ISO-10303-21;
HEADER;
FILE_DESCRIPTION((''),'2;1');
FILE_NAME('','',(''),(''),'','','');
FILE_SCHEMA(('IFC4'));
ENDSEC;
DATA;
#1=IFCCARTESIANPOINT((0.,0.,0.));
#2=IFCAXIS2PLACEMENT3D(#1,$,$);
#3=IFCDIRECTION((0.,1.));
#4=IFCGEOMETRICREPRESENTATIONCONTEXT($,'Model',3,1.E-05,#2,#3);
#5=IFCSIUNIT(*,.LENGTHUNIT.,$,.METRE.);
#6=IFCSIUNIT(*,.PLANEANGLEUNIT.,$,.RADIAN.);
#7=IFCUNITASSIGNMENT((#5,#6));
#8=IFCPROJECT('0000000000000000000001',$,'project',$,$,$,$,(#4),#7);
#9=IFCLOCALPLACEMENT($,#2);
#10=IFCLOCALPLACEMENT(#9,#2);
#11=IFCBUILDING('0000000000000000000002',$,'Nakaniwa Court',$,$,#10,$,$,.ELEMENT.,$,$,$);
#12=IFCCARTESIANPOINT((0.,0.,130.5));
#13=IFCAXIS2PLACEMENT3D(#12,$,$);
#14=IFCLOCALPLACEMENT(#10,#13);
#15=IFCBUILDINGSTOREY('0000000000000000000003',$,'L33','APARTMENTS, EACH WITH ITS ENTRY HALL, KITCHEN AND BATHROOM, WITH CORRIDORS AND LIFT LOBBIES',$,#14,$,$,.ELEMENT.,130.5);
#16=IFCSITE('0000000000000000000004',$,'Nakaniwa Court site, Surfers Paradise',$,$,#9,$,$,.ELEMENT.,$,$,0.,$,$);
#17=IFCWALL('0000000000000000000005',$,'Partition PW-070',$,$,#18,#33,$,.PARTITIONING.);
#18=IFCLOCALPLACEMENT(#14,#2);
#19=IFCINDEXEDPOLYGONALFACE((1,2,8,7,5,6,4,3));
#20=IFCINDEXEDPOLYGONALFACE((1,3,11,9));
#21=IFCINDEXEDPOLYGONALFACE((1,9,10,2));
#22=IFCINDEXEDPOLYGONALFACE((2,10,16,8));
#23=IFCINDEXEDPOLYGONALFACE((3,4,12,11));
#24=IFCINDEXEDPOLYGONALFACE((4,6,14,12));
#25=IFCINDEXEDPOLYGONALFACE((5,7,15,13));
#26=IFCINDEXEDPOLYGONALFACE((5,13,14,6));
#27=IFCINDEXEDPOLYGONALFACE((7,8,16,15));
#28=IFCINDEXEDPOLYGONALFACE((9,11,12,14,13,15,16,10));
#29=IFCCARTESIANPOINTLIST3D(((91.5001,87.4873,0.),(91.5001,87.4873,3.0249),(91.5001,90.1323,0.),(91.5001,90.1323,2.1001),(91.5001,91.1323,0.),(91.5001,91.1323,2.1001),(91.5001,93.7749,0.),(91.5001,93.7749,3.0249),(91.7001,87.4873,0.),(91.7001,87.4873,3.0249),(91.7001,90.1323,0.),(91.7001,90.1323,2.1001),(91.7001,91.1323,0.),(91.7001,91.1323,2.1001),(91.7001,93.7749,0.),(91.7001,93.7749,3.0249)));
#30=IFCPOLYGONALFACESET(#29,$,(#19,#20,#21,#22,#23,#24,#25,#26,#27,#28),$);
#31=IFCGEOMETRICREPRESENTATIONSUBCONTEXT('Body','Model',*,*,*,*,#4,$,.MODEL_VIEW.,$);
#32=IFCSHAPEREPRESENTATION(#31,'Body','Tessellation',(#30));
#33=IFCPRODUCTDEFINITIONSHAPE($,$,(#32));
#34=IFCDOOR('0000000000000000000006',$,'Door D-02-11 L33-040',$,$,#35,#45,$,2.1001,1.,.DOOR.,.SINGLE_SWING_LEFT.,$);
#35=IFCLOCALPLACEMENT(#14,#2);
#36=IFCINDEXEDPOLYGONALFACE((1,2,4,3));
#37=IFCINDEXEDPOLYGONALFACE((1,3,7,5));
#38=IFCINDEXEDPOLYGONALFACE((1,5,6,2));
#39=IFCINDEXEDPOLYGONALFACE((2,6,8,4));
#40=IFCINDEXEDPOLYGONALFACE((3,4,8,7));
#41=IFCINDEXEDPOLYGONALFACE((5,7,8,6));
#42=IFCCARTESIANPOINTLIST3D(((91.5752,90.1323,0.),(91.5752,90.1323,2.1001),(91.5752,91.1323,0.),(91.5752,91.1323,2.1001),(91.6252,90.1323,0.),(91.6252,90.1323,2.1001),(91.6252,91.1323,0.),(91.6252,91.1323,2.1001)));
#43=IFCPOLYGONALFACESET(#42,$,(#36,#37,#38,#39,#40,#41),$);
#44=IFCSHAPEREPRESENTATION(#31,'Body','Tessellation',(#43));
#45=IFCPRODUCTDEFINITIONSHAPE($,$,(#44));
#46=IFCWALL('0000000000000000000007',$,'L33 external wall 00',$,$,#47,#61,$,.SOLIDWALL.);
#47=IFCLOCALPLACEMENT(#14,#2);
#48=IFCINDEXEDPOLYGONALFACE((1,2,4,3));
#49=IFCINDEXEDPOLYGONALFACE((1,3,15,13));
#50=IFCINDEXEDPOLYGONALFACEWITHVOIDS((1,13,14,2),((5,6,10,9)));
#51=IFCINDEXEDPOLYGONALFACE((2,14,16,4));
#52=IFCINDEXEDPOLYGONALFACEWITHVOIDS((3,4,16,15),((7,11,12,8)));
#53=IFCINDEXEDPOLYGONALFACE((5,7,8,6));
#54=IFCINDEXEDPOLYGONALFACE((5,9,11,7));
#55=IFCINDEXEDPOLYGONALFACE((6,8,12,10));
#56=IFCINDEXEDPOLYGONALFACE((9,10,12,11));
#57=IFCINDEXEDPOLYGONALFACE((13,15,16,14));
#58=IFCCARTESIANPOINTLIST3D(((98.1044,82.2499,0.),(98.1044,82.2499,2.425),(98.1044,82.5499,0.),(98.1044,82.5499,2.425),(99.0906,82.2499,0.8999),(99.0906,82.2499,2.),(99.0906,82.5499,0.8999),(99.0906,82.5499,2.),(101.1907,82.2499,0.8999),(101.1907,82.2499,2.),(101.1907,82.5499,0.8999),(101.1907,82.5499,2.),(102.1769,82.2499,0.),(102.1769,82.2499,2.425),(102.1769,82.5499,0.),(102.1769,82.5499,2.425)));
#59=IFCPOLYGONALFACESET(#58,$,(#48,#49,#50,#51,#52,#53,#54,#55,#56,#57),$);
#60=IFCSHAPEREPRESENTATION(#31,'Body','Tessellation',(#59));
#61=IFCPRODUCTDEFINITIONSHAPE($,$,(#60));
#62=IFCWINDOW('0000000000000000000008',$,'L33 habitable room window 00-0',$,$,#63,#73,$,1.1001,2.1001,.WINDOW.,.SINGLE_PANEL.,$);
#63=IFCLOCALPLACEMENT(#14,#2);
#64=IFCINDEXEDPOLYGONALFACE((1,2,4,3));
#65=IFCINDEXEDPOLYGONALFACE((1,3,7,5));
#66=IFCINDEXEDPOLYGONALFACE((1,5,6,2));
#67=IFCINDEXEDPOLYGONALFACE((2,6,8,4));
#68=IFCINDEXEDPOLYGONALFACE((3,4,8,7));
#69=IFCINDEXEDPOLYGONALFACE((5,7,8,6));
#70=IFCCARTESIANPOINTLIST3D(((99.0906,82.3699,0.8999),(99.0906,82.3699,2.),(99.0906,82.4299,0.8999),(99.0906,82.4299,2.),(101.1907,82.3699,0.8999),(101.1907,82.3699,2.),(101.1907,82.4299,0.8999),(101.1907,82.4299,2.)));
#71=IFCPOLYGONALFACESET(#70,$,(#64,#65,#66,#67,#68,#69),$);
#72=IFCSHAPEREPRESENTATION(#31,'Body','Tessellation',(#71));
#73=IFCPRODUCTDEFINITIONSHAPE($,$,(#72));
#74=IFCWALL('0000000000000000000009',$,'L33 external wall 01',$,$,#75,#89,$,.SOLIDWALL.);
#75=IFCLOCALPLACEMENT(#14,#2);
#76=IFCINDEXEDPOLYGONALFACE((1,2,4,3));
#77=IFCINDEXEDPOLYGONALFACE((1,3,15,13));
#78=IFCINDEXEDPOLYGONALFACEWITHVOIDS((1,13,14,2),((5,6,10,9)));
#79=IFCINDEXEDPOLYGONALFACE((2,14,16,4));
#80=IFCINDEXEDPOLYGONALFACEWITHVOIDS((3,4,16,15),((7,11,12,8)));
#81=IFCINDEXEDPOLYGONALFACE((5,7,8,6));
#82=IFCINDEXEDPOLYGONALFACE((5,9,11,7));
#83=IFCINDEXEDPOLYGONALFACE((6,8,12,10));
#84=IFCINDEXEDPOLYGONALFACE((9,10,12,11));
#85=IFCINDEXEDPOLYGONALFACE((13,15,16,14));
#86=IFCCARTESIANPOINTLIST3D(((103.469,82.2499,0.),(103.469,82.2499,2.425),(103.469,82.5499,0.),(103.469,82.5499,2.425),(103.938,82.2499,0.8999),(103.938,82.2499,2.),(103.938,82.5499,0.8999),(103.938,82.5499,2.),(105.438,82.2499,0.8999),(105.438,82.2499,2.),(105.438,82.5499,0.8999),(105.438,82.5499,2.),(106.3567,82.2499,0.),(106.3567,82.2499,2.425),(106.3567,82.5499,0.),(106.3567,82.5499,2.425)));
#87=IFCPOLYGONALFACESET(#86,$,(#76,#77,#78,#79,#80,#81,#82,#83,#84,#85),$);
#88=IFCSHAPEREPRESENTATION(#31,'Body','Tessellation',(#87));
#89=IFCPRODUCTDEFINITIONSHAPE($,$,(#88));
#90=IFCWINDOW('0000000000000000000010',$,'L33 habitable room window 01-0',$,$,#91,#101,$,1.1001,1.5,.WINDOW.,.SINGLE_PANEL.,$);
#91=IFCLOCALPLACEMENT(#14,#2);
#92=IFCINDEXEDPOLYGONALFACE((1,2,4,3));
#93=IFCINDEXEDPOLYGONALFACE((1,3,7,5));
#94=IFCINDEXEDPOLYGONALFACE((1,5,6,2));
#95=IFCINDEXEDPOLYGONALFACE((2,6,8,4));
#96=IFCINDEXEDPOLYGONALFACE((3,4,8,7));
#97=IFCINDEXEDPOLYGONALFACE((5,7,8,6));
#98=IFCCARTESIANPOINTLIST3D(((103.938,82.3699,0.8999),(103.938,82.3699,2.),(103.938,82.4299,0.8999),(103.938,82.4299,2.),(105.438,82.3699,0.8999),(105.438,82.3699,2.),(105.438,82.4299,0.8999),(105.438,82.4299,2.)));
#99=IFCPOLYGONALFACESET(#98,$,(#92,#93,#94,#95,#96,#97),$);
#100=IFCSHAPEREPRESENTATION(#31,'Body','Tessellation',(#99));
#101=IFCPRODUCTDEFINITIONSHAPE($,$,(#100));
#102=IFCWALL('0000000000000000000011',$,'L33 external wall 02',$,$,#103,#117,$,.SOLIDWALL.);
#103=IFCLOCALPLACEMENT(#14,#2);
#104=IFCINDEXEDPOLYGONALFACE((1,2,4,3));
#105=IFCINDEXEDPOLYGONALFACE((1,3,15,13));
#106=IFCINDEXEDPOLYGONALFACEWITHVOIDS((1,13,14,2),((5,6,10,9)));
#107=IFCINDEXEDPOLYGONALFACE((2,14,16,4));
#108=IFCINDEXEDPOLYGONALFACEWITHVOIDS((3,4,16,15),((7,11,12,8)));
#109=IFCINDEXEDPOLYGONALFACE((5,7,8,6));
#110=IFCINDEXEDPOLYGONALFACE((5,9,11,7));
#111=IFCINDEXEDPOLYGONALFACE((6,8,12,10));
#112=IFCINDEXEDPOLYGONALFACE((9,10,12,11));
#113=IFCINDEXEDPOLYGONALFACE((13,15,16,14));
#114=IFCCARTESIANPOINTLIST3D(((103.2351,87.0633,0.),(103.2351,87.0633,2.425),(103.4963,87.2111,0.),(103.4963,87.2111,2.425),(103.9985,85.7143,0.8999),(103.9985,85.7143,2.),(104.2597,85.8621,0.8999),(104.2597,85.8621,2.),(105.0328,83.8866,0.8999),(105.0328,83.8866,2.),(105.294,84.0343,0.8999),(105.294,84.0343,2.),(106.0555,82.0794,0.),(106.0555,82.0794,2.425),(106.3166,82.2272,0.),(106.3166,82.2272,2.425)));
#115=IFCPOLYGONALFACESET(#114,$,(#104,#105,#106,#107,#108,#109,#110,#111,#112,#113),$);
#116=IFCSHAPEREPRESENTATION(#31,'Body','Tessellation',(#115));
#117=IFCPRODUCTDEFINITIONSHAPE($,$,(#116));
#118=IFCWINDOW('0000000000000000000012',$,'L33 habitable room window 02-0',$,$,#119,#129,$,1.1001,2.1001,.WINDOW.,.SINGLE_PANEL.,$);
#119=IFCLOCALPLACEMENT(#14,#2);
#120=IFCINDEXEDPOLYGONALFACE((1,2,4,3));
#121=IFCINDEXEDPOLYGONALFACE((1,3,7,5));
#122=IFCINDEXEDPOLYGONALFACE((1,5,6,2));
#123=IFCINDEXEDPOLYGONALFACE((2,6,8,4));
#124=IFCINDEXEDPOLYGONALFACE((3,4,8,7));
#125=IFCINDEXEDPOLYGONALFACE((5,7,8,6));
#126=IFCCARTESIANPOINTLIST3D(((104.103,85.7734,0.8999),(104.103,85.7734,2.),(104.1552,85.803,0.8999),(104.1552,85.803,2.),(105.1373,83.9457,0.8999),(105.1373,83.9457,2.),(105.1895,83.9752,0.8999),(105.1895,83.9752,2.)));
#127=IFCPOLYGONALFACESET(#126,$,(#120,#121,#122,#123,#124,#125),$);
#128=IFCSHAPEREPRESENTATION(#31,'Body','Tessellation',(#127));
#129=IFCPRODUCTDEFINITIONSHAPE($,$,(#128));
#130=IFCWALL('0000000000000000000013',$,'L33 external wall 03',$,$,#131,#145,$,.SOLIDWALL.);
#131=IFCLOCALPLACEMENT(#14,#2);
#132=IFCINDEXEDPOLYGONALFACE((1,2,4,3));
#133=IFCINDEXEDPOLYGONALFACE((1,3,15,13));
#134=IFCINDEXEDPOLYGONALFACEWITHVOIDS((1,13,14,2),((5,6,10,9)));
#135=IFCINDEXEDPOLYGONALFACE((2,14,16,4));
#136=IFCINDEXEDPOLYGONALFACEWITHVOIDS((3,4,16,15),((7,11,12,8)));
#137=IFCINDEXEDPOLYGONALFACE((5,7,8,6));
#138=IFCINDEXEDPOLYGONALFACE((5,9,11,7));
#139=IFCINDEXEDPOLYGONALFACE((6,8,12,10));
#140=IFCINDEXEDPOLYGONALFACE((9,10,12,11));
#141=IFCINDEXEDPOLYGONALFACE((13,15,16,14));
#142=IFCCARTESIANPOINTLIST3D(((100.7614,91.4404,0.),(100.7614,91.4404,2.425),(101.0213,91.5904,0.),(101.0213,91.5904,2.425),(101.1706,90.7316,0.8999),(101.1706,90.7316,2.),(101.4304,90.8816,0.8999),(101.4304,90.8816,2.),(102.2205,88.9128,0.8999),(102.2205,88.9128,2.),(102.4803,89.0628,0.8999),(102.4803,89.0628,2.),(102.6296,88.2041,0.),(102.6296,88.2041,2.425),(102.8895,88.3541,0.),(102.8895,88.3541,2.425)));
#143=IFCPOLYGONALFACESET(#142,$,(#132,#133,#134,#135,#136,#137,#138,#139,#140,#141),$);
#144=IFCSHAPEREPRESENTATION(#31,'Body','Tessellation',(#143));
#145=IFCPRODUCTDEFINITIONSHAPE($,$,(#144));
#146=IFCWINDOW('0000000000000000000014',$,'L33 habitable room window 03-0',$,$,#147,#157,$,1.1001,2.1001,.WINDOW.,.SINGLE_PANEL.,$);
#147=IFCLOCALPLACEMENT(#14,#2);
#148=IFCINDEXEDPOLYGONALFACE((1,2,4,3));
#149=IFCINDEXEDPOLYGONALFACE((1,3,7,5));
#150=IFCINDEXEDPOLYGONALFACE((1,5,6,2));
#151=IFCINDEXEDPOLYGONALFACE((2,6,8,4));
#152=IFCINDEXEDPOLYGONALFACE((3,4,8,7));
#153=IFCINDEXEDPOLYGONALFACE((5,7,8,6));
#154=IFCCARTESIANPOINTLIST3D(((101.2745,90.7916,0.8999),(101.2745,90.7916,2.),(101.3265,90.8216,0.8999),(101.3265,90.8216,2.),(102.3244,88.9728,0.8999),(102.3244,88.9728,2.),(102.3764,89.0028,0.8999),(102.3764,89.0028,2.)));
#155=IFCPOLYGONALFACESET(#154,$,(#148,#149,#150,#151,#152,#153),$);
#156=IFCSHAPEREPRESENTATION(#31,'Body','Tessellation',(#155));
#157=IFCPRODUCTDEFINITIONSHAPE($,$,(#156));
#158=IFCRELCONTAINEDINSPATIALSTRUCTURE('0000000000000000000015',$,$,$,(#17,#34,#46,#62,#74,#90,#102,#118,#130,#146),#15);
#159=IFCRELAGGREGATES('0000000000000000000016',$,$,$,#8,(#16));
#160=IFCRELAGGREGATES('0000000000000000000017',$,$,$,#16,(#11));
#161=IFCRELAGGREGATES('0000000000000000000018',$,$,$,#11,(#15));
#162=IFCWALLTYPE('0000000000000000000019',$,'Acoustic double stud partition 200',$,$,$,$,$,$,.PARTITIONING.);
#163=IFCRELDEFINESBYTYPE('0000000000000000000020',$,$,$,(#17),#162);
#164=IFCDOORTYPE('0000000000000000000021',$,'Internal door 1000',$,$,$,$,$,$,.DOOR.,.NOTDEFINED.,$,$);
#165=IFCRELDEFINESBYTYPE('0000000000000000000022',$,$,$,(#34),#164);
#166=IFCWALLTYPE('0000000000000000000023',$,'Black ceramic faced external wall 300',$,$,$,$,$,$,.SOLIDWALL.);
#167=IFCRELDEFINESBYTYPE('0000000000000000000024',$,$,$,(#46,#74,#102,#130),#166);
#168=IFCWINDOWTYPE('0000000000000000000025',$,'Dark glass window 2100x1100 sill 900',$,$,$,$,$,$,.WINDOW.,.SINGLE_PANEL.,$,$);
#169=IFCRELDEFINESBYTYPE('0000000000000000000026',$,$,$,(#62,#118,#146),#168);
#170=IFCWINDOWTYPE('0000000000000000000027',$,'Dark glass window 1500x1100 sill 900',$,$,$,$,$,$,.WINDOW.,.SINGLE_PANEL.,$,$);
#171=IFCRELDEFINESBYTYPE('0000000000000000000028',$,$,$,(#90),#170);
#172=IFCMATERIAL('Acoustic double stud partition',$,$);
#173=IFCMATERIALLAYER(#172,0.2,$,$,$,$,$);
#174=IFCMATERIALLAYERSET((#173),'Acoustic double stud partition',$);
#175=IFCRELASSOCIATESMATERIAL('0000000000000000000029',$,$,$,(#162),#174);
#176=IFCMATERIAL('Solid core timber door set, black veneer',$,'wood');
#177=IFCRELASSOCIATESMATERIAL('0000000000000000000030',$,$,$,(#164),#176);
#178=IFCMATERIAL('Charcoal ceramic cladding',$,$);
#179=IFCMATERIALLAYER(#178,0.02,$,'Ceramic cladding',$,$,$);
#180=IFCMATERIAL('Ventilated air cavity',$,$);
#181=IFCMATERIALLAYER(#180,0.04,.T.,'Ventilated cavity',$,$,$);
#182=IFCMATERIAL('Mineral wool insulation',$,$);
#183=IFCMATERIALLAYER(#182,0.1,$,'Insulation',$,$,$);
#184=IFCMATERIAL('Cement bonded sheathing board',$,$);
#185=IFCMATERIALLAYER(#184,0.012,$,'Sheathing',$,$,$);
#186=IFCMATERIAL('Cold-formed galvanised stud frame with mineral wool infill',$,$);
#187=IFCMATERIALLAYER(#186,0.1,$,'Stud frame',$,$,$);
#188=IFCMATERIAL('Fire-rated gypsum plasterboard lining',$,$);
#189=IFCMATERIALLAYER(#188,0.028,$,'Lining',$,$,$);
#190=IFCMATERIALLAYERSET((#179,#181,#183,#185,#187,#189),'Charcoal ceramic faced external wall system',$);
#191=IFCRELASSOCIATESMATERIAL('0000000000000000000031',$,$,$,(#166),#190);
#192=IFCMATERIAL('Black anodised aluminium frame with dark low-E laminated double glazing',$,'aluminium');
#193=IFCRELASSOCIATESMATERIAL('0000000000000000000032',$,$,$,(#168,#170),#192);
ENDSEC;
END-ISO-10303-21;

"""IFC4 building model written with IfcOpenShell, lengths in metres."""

from ifc_helpers import new_model, si_unit, direction, frame, frame_2d, origin, place, context, subcontext, project, spatial, rectangle, extrude, material, layer, layer_set, type_object, element, fill, save


model = new_model("IFC4")

# Units and contexts
model_context = context("Model", 3, precision=1e-05, world=origin(), true_north=direction((0.0, 1.0)))
body_context = subcontext(model_context, "Body", "Model", "MODEL_VIEW")
ifc_project = project(units=[si_unit("LENGTHUNIT", "METRE"), si_unit("PLANEANGLEUNIT", "RADIAN")], contexts=[model_context])

# Site, building, storey
site_placement = place(None, origin())
site = spatial("IfcSite", under=ifc_project, at=site_placement, Name="Nakaniwa Court site, Surfers Paradise", CompositionType="ELEMENT", RefElevation=0.0)
building_placement = place(site_placement, origin())
building = spatial("IfcBuilding", under=site, at=building_placement, Name="Nakaniwa Court", CompositionType="ELEMENT")
storey_placement = place(building_placement, frame((0.0, 0.0, 130.5)))
storey = spatial("IfcBuildingStorey", under=building, at=storey_placement, Name="L33", Description="APARTMENTS, EACH WITH ITS ENTRY HALL, KITCHEN AND BATHROOM, WITH CORRIDORS AND LIFT LOBBIES", CompositionType="ELEMENT", Elevation=130.5)

# Wall, opening, door
ifc_material_1 = material(Name="Acoustic double stud partition")
ifc_layer_1 = layer(ifc_material_1, 0.2)
ifc_layer_set_1 = layer_set([ifc_layer_1], Name="Acoustic double stud partition")
wall_type_1 = type_object("IfcWallType", Name="Acoustic double stud partition 200", PredefinedType="PARTITIONING", material=ifc_layer_set_1)
wall_1_placement = place(storey_placement, frame((91.6001, 87.4873, 0.0), z_axis=(0.0, 0.0, 1.0), x_axis=(0.0, 1.0, 0.0)))
wall_1 = element("IfcWall", 1, at=wall_1_placement, inside=storey, type_object=wall_type_1, Name="Partition PW-070", PredefinedType="PARTITIONING", context=body_context, shape_type="SweptSolid", body=[
    extrude(rectangle(XDim=6.2876, YDim=0.2, at=frame_2d((3.1438, 0.0))), origin(), (0.0, 0.0, 1.0), 3.0249),
])
opening_1_placement = place(wall_1_placement, frame((2.645, 0.0, 0.0)))
opening_1 = element("IfcOpeningElement", 2, at=opening_1_placement, cuts=wall_1, PredefinedType="OPENING", context=body_context, shape_type="SweptSolid", body=[
    extrude(rectangle(XDim=1.0, YDim=2.1001, at=frame_2d((0.5, 1.05))), frame((0.0, 0.1099, 0.0), z_axis=(0.0, -1.0, 0.0), x_axis=(1.0, 0.0, 0.0)), (0.0, 0.0, 1.0), 0.22),
])
ifc_material_2 = material(Name="Solid core timber door set, black veneer", Category="wood")
door_type = type_object("IfcDoorType", Name="Internal door 1000", OperationType="NOTDEFINED", PredefinedType="DOOR", material=ifc_material_2)
door_placement = place(opening_1_placement, origin())
door = element("IfcDoor", 3, at=door_placement, inside=storey, type_object=door_type, Name="Door D-02-11 L33-040", OperationType="SINGLE_SWING_LEFT", OverallHeight=2.1001, OverallWidth=1.0, PredefinedType="DOOR", context=body_context, shape_type="SweptSolid", body=[
    extrude(rectangle(XDim=1.0, YDim=2.1001, at=frame_2d((0.5, 1.05))), frame((0.0, 0.0249, 0.0), z_axis=(0.0, -1.0, 0.0), x_axis=(1.0, 0.0, 0.0)), (0.0, 0.0, 1.0), 0.05),
])
fill(opening_1, door)

# Walls, openings, windows
ifc_material_3 = material(Name="Charcoal ceramic cladding")
ifc_layer_2 = layer(ifc_material_3, 0.02, Name="Ceramic cladding")
ifc_material_4 = material(Name="Ventilated air cavity")
ifc_layer_3 = layer(ifc_material_4, 0.04, ventilated=True, Name="Ventilated cavity")
ifc_material_5 = material(Name="Mineral wool insulation")
ifc_layer_4 = layer(ifc_material_5, 0.1, Name="Insulation")
ifc_material_6 = material(Name="Cement bonded sheathing board")
ifc_layer_5 = layer(ifc_material_6, 0.012, Name="Sheathing")
ifc_material_7 = material(Name="Cold-formed galvanised stud frame with mineral wool infill")
ifc_layer_6 = layer(ifc_material_7, 0.1, Name="Stud frame")
ifc_material_8 = material(Name="Fire-rated gypsum plasterboard lining")
ifc_layer_7 = layer(ifc_material_8, 0.028, Name="Lining")
ifc_layer_set_2 = layer_set([ifc_layer_2, ifc_layer_3, ifc_layer_4, ifc_layer_5, ifc_layer_6, ifc_layer_7], Name="Charcoal ceramic faced external wall system")
wall_type_2 = type_object("IfcWallType", Name="Black ceramic faced external wall 300", PredefinedType="SOLIDWALL", material=ifc_layer_set_2)
wall_2_placement = place(storey_placement, frame((98.1045, 82.3999, 0.0), z_axis=(0.0, 0.0, 1.0), x_axis=(1.0, 0.0, 0.0)))
wall_2 = element("IfcWall", 4, at=wall_2_placement, inside=storey, type_object=wall_type_2, Name="L33 external wall 00", PredefinedType="SOLIDWALL", context=body_context, shape_type="SweptSolid", body=[
    extrude(rectangle(XDim=4.0725, YDim=0.3, at=frame_2d((2.0361, 0.0))), origin(), (0.0, 0.0, 1.0), 2.425),
])
opening_2_placement = place(wall_2_placement, frame((0.9861, 0.0, 0.8999)))
opening_2 = element("IfcOpeningElement", 5, at=opening_2_placement, cuts=wall_2, PredefinedType="OPENING", context=body_context, shape_type="SweptSolid", body=[
    extrude(rectangle(XDim=2.1001, YDim=1.1001, at=frame_2d((1.05, 0.55))), frame((0.0, 0.1599, 0.0), z_axis=(0.0, -1.0, 0.0), x_axis=(1.0, 0.0, 0.0)), (0.0, 0.0, 1.0), 0.3201),
])
ifc_material_9 = material(Name="Black anodised aluminium frame with dark low-E laminated double glazing", Category="aluminium")
window_type_1 = type_object("IfcWindowType", Name="Dark glass window 2100x1100 sill 900", PartitioningType="SINGLE_PANEL", PredefinedType="WINDOW", material=ifc_material_9)
window_1_placement = place(opening_2_placement, origin())
window_1 = element("IfcWindow", 6, at=window_1_placement, inside=storey, type_object=window_type_1, Name="L33 habitable room window 00-0", OverallHeight=1.1001, OverallWidth=2.1001, PartitioningType="SINGLE_PANEL", PredefinedType="WINDOW", context=body_context, shape_type="SweptSolid", body=[
    extrude(rectangle(XDim=2.1001, YDim=1.1001, at=frame_2d((1.05, 0.55))), frame((0.0, 0.03, 0.0), z_axis=(0.0, -1.0, 0.0), x_axis=(1.0, 0.0, 0.0)), (0.0, 0.0, 1.0), 0.0601),
])
fill(opening_2, window_1)
wall_3_placement = place(storey_placement, frame((103.469, 82.3999, 0.0), z_axis=(0.0, 0.0, 1.0), x_axis=(1.0, 0.0, 0.0)))
wall_3 = element("IfcWall", 7, at=wall_3_placement, inside=storey, type_object=wall_type_2, Name="L33 external wall 01", PredefinedType="SOLIDWALL", context=body_context, shape_type="SweptSolid", body=[
    extrude(rectangle(XDim=2.8877, YDim=0.3, at=frame_2d((1.4438, 0.0))), origin(), (0.0, 0.0, 1.0), 2.425),
])
opening_3_placement = place(wall_3_placement, frame((0.469, 0.0, 0.8999)))
opening_3 = element("IfcOpeningElement", 8, at=opening_3_placement, cuts=wall_3, PredefinedType="OPENING", context=body_context, shape_type="SweptSolid", body=[
    extrude(rectangle(XDim=1.5, YDim=1.1001, at=frame_2d((0.75, 0.55))), frame((0.0, 0.1599, 0.0), z_axis=(0.0, -1.0, 0.0), x_axis=(1.0, 0.0, 0.0)), (0.0, 0.0, 1.0), 0.3201),
])
window_type_2 = type_object("IfcWindowType", Name="Dark glass window 1500x1100 sill 900", PartitioningType="SINGLE_PANEL", PredefinedType="WINDOW", material=ifc_material_9)
window_2_placement = place(opening_3_placement, origin())
window_2 = element("IfcWindow", 9, at=window_2_placement, inside=storey, type_object=window_type_2, Name="L33 habitable room window 01-0", OverallHeight=1.1001, OverallWidth=1.5, PartitioningType="SINGLE_PANEL", PredefinedType="WINDOW", context=body_context, shape_type="SweptSolid", body=[
    extrude(rectangle(XDim=1.5, YDim=1.1001, at=frame_2d((0.75, 0.55))), frame((0.0, 0.03, 0.0), z_axis=(0.0, -1.0, 0.0), x_axis=(1.0, 0.0, 0.0)), (0.0, 0.0, 1.0), 0.0601),
])
fill(opening_3, window_2)
wall_4_placement = place(storey_placement, frame((106.186, 82.1533, 0.0), z_axis=(0.0, 0.0, 1.0), x_axis=(-0.492498, 0.870313, 0.0)))
wall_4 = element("IfcWall", 10, at=wall_4_placement, inside=storey, type_object=wall_type_2, Name="L33 external wall 02", PredefinedType="SOLIDWALL", context=body_context, shape_type="SweptSolid", body=[
    extrude(rectangle(XDim=5.7266, YDim=0.3, at=frame_2d((2.8633, 0.0))), origin(), (0.0, 0.0, 1.0), 2.425),
])
opening_4_placement = place(wall_4_placement, frame((2.0764, 0.0, 0.8999)))
opening_4 = element("IfcOpeningElement", 11, at=opening_4_placement, cuts=wall_4, PredefinedType="OPENING", context=body_context, shape_type="SweptSolid", body=[
    extrude(rectangle(XDim=2.1001, YDim=1.1001, at=frame_2d((1.05, 0.55))), frame((0.0, 0.1599, 0.0), z_axis=(0.0, -1.0, 0.0), x_axis=(1.0, 0.0, 0.0)), (0.0, 0.0, 1.0), 0.3201),
])
window_3_placement = place(opening_4_placement, origin())
window_3 = element("IfcWindow", 12, at=window_3_placement, inside=storey, type_object=window_type_1, Name="L33 habitable room window 02-0", OverallHeight=1.1001, OverallWidth=2.1001, PartitioningType="SINGLE_PANEL", PredefinedType="WINDOW", context=body_context, shape_type="SweptSolid", body=[
    extrude(rectangle(XDim=2.1001, YDim=1.1001, at=frame_2d((1.05, 0.55))), frame((0.0, 0.03, 0.0), z_axis=(0.0, -1.0, 0.0), x_axis=(1.0, 0.0, 0.0)), (0.0, 0.0, 1.0), 0.0601),
])
fill(opening_4, window_3)
wall_5_placement = place(storey_placement, frame((102.7595, 88.2791, 0.0), z_axis=(0.0, 0.0, 1.0), x_axis=(-0.499934, 0.866064, 0.0)))
wall_5 = element("IfcWall", 13, at=wall_5_placement, inside=storey, type_object=wall_type_2, Name="L33 external wall 03", PredefinedType="SOLIDWALL", context=body_context, shape_type="SweptSolid", body=[
    extrude(rectangle(XDim=3.7368, YDim=0.3, at=frame_2d((1.8684, 0.0))), origin(), (0.0, 0.0, 1.0), 2.425),
])
opening_5_placement = place(wall_5_placement, frame((0.8184, 0.0, 0.8999)))
opening_5 = element("IfcOpeningElement", 14, at=opening_5_placement, cuts=wall_5, PredefinedType="OPENING", context=body_context, shape_type="SweptSolid", body=[
    extrude(rectangle(XDim=2.1001, YDim=1.1001, at=frame_2d((1.05, 0.55))), frame((0.0, 0.1599, 0.0), z_axis=(0.0, -1.0, 0.0), x_axis=(1.0, 0.0, 0.0)), (0.0, 0.0, 1.0), 0.3201),
])
window_4_placement = place(opening_5_placement, origin())
window_4 = element("IfcWindow", 15, at=window_4_placement, inside=storey, type_object=window_type_1, Name="L33 habitable room window 03-0", OverallHeight=1.1001, OverallWidth=2.1001, PartitioningType="SINGLE_PANEL", PredefinedType="WINDOW", context=body_context, shape_type="SweptSolid", body=[
    extrude(rectangle(XDim=2.1001, YDim=1.1001, at=frame_2d((1.05, 0.55))), frame((0.0, 0.03, 0.0), z_axis=(0.0, -1.0, 0.0), x_axis=(1.0, 0.0, 0.0)), (0.0, 0.0, 1.0), 0.0601),
])
fill(opening_5, window_4)

save(model, "model.ifc")
